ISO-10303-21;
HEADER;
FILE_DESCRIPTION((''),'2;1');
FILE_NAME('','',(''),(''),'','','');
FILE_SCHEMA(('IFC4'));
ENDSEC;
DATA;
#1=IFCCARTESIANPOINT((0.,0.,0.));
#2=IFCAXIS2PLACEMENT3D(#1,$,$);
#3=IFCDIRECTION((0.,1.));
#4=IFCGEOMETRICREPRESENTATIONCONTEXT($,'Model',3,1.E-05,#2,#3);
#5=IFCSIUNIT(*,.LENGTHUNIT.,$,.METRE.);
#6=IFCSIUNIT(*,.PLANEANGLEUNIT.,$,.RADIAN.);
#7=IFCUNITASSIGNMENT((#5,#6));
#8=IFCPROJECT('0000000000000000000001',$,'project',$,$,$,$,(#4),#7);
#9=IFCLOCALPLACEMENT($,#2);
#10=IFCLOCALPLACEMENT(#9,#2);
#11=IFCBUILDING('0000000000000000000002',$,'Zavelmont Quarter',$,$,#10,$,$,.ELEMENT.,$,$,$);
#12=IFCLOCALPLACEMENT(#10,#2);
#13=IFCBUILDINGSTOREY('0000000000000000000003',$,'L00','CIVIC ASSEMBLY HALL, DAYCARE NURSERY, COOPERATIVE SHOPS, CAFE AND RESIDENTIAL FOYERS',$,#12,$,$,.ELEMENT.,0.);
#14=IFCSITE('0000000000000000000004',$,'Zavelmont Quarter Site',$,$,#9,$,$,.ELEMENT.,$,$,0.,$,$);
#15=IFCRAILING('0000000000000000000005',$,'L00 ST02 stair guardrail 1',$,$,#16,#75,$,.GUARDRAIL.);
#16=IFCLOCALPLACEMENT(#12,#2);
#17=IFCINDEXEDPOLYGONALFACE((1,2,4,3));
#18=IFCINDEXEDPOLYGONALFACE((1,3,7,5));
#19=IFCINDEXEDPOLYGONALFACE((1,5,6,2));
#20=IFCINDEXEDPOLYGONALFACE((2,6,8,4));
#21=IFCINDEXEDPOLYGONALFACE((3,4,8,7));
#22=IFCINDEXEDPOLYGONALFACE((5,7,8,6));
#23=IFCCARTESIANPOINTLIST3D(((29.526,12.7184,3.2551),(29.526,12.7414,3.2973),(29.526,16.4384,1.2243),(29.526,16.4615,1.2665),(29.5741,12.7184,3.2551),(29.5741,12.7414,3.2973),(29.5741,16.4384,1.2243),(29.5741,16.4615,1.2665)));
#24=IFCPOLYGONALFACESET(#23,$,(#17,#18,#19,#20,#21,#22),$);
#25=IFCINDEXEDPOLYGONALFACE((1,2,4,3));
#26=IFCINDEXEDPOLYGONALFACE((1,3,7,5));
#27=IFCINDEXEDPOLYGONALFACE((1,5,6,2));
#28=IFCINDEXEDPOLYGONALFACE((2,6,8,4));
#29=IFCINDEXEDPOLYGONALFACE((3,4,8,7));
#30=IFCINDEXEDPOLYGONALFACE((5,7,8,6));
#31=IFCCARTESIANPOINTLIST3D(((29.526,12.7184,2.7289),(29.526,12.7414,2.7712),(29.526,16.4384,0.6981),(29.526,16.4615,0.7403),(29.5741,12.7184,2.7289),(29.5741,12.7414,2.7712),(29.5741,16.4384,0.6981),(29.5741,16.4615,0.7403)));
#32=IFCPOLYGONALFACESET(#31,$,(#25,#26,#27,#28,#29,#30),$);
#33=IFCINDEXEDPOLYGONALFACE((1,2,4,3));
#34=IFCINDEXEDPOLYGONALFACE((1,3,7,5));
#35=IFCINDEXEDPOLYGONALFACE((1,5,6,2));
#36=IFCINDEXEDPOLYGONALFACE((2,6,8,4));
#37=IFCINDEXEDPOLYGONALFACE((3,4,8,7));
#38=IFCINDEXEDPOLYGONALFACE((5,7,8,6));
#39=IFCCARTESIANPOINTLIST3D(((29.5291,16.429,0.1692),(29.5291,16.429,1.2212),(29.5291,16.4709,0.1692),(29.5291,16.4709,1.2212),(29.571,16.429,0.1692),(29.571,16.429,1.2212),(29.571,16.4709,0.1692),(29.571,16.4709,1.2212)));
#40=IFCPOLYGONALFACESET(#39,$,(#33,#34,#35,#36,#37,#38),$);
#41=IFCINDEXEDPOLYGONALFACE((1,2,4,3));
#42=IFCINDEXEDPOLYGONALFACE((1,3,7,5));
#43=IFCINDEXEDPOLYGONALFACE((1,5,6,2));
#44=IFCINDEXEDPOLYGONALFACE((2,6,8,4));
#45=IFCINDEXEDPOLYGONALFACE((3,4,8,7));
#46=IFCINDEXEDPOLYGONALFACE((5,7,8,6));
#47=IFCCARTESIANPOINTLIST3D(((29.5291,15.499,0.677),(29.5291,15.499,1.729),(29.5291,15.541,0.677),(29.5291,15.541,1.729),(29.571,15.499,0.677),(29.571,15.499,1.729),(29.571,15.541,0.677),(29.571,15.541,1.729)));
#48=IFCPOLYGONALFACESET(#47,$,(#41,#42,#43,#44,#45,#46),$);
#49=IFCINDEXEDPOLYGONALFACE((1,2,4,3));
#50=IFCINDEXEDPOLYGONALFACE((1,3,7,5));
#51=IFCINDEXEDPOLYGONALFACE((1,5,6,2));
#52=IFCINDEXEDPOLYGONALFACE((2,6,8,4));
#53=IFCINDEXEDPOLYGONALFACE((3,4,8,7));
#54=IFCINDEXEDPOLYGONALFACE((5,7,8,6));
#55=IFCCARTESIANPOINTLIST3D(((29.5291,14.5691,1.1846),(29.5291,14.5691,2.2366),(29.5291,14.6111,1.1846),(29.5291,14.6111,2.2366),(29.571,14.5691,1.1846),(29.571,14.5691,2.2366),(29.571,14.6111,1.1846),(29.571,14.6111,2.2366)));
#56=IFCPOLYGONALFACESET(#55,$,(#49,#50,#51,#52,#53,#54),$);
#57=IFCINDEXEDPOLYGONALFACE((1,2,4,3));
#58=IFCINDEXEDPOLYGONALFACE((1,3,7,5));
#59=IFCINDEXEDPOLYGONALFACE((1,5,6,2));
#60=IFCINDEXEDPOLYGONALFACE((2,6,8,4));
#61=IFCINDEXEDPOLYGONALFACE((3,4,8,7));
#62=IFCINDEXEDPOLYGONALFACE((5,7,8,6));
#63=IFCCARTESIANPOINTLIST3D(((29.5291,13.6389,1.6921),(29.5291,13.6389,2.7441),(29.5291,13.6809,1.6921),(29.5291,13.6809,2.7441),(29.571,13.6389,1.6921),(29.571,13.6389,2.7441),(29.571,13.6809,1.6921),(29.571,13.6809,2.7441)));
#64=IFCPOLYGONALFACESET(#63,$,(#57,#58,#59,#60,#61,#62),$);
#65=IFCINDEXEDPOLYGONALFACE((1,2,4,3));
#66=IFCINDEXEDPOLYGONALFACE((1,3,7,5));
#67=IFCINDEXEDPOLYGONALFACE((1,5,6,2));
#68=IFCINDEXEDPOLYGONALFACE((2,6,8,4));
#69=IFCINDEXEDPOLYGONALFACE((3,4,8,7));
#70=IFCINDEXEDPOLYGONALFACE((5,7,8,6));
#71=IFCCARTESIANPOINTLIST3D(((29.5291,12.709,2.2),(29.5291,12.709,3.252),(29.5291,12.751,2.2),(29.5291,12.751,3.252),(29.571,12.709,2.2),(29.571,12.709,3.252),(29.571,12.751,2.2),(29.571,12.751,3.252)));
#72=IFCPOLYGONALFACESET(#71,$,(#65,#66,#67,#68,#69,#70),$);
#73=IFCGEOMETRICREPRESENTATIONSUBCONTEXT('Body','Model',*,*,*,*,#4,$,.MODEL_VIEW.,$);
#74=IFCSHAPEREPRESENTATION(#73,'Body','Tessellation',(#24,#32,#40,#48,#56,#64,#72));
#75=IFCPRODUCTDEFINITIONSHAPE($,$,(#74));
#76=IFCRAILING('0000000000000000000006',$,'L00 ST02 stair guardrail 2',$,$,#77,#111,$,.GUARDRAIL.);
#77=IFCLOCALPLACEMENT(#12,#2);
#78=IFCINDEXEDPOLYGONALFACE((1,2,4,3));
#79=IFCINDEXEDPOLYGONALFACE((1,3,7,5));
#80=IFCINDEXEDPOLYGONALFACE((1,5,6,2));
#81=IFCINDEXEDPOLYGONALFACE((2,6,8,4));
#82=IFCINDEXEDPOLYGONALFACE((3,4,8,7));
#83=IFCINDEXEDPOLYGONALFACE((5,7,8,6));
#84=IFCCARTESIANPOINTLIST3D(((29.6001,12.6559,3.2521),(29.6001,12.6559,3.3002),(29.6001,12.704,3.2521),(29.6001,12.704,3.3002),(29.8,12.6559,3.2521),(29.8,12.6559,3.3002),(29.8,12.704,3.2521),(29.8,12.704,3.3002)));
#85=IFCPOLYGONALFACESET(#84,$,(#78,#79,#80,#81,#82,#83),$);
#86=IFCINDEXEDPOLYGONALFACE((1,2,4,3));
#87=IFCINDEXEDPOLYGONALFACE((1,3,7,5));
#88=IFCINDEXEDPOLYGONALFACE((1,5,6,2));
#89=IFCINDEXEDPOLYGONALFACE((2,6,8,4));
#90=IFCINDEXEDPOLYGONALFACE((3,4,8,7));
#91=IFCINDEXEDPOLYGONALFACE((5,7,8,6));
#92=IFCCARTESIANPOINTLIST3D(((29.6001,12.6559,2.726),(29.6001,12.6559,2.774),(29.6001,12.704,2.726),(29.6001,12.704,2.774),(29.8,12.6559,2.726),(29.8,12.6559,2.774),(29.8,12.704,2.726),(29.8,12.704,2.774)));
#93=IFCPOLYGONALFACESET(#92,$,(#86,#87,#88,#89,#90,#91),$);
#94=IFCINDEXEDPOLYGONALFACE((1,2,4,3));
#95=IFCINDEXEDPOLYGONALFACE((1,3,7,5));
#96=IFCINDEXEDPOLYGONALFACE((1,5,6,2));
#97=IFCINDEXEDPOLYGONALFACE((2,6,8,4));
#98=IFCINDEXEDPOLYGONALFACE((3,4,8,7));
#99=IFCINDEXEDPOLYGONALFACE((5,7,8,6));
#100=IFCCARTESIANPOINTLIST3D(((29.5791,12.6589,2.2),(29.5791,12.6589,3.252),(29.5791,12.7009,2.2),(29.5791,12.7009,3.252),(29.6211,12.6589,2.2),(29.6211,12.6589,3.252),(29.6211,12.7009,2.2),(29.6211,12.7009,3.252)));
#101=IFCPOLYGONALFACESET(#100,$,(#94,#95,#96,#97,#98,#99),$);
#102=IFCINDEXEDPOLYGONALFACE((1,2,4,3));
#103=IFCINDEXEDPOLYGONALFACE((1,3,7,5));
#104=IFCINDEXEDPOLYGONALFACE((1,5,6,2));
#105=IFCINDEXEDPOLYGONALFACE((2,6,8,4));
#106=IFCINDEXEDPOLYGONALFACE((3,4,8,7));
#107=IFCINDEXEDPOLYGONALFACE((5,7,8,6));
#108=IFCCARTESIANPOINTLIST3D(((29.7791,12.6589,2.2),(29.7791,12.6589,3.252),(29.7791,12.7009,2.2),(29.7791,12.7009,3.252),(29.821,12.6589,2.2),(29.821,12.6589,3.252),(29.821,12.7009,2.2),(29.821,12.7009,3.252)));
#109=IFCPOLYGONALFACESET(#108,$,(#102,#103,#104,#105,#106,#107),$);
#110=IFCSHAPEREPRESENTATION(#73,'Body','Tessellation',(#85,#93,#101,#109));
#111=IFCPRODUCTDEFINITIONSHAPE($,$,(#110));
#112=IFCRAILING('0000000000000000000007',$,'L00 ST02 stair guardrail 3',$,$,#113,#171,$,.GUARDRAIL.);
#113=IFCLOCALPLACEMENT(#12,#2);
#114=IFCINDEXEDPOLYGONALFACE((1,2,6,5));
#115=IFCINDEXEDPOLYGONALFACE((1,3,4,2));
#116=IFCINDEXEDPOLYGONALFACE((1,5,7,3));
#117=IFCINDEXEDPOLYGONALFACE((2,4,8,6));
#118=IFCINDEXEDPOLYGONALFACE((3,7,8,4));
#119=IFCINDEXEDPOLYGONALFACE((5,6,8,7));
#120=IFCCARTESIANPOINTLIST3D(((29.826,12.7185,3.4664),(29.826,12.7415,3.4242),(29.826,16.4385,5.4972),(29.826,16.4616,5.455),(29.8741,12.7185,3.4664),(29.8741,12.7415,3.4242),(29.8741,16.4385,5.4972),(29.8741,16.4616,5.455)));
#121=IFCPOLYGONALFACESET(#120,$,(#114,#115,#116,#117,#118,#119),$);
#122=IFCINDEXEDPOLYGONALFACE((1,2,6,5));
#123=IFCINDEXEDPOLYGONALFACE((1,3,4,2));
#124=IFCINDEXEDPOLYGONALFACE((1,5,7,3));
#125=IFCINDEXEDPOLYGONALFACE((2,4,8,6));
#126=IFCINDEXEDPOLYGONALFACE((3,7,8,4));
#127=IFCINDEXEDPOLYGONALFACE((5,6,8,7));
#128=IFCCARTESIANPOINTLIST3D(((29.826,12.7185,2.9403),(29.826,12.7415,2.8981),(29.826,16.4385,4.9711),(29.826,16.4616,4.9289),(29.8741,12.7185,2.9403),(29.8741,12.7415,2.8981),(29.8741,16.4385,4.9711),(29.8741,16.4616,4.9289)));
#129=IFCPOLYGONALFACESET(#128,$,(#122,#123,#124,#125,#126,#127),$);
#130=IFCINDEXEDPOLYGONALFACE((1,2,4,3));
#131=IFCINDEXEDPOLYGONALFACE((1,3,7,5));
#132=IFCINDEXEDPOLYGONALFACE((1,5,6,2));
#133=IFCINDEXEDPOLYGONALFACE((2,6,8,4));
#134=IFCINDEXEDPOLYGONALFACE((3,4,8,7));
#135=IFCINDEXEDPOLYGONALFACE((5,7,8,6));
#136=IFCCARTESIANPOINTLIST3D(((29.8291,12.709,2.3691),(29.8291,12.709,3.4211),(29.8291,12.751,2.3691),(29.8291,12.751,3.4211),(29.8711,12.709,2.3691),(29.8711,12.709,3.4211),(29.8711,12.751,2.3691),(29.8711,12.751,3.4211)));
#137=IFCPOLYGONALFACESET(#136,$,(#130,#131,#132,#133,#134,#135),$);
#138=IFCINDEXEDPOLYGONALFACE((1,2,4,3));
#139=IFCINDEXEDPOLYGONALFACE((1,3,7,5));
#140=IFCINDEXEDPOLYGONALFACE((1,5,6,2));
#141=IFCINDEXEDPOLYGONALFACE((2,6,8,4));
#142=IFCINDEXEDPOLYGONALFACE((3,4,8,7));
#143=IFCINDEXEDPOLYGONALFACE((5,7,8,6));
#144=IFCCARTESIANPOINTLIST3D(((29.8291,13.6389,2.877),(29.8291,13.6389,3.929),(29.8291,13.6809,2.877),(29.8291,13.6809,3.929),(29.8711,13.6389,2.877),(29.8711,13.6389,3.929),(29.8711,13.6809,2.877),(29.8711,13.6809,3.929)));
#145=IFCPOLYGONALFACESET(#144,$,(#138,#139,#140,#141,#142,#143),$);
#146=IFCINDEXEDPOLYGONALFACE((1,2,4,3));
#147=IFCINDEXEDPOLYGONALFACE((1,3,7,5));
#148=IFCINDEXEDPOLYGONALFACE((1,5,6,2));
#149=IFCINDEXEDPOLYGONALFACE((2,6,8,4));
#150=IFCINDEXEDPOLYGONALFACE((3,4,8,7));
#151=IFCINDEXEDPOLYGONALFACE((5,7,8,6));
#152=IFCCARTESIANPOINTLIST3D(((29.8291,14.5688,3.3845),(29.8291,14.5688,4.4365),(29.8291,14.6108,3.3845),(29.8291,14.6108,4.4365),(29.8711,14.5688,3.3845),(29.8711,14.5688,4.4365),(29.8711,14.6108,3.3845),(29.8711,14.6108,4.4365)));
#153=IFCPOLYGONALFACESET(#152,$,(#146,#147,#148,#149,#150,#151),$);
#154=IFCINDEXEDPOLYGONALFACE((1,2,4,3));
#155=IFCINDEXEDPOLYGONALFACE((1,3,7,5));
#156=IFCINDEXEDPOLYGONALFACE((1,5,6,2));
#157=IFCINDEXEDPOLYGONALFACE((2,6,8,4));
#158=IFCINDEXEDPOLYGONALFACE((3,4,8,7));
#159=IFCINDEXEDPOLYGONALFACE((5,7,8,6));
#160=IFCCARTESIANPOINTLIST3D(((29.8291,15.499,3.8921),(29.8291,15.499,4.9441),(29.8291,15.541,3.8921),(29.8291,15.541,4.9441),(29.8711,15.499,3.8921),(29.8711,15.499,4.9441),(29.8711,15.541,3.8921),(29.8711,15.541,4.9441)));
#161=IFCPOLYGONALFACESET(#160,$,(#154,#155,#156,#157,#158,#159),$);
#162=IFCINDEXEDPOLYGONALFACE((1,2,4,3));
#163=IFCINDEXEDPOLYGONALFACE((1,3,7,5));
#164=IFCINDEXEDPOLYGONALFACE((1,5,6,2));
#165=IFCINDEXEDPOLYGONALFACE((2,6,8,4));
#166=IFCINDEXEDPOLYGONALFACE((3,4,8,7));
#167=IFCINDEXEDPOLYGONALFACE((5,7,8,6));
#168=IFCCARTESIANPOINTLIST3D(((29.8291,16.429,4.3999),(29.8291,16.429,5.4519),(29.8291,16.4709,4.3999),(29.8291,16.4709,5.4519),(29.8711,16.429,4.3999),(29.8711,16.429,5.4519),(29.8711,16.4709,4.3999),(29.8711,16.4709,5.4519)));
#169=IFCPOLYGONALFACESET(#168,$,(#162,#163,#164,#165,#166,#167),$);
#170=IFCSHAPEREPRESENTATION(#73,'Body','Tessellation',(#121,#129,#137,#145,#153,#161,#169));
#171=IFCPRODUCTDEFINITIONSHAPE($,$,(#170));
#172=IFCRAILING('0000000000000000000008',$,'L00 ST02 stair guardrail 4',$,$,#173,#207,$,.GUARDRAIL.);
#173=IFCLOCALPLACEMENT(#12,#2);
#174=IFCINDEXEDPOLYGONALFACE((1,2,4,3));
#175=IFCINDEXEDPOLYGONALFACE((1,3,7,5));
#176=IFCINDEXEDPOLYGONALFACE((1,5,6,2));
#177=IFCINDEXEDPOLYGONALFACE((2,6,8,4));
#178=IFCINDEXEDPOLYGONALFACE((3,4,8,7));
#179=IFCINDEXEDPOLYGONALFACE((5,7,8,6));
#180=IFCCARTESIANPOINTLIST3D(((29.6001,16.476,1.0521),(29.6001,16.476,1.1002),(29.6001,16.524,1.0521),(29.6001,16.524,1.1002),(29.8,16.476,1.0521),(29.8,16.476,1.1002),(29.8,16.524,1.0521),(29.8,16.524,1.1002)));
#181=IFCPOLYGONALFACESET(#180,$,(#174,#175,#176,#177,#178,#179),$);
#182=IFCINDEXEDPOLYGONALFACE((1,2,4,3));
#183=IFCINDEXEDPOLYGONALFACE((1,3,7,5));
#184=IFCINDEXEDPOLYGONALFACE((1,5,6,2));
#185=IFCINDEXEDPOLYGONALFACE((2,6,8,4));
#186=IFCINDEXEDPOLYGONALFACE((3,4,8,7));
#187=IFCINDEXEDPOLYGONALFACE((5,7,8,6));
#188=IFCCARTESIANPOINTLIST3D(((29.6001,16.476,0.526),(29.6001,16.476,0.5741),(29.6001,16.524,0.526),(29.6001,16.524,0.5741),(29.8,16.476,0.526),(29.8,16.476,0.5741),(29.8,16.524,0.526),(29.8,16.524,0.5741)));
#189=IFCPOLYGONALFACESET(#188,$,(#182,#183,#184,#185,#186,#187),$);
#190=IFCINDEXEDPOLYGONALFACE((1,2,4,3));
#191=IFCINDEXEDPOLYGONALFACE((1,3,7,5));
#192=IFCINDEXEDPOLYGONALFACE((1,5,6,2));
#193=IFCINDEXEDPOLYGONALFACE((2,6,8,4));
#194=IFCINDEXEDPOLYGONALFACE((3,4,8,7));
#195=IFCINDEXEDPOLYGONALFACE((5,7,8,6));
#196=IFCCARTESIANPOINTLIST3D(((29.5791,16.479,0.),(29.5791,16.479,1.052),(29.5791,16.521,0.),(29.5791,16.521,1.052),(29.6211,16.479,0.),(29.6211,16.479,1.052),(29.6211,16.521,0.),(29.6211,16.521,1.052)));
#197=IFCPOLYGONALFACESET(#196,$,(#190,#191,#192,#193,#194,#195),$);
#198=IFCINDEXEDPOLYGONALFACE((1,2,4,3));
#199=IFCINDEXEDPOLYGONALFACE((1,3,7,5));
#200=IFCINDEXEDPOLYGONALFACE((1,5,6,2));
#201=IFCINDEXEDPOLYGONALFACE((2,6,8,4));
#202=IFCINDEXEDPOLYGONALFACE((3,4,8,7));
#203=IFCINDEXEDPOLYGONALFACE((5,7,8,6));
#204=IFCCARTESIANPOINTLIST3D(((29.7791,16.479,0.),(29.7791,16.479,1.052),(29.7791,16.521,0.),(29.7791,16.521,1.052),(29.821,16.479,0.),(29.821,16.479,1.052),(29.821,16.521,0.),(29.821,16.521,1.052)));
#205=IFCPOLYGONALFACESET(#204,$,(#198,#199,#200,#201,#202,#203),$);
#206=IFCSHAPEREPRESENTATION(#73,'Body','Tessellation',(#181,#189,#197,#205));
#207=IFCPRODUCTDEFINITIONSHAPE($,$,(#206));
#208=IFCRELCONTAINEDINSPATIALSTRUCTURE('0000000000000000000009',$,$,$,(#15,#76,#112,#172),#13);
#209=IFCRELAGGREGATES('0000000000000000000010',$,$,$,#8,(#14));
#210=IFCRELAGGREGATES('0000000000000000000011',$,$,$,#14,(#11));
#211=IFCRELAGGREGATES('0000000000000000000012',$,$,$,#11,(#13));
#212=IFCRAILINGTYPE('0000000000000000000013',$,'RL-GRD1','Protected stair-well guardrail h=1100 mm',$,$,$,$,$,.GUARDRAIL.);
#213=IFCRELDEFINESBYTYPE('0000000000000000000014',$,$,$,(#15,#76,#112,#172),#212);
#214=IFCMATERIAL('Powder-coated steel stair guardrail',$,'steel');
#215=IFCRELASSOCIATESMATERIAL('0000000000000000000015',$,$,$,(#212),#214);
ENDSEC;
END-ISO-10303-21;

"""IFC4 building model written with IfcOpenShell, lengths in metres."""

from ifc_helpers import new_model, si_unit, direction, frame, origin, origin_2d, place, context, subcontext, project, spatial, rectangle, extrude, material, type_object, element, save


model = new_model("IFC4")

# Units and contexts
model_context = context("Model", 3, precision=1e-05, world=origin(), true_north=direction((0.0, 1.0)))
body_context = subcontext(model_context, "Body", "Model", "MODEL_VIEW")
ifc_project = project(units=[si_unit("LENGTHUNIT", "METRE"), si_unit("PLANEANGLEUNIT", "RADIAN")], contexts=[model_context])

# Site, building, storey
site_placement = place(None, origin())
site = spatial("IfcSite", under=ifc_project, at=site_placement, Name="Zavelmont Quarter Site", CompositionType="ELEMENT", RefElevation=0.0)
building_placement = place(site_placement, origin())
building = spatial("IfcBuilding", under=site, at=building_placement, Name="Zavelmont Quarter", CompositionType="ELEMENT")
storey_placement = place(building_placement, origin())
storey = spatial("IfcBuildingStorey", under=building, at=storey_placement, Name="L00", Description="CIVIC ASSEMBLY HALL, DAYCARE NURSERY, COOPERATIVE SHOPS, CAFE AND RESIDENTIAL FOYERS", CompositionType="ELEMENT", Elevation=0.0)

# Railings
ifc_material_1 = material(Name="Powder-coated steel stair guardrail", Category="steel")
railing_type_1 = type_object("IfcRailingType", Name="RL-GRD1", Description="Protected stair-well guardrail h=1100 mm", PredefinedType="GUARDRAIL", material=ifc_material_1)
railing_1_placement = place(storey_placement, frame((29.55, 16.45, 0.1692)))
element("IfcRailing", 1, at=railing_1_placement, inside=storey, type_object=railing_type_1, Name="L00 ST02 stair guardrail 1", PredefinedType="GUARDRAIL", context=body_context, shape_type="SweptSolid", body=[
    extrude(rectangle(XDim=0.0481, YDim=0.0481, at=origin_2d()), frame((0.0, 0.0, 1.0762), z_axis=(0.0, -0.877728, 0.479159), x_axis=(1.0, 0.0, 0.0)), (0.0, 0.0, 1.0), 4.2383),
    extrude(rectangle(XDim=0.0481, YDim=0.0481, at=origin_2d()), frame((0.0, 0.0, 0.55), z_axis=(0.0, -0.877728, 0.479159), x_axis=(1.0, 0.0, 0.0)), (0.0, 0.0, 1.0), 4.2383),
    extrude(rectangle(XDim=0.042, YDim=0.042, at=origin_2d()), origin(), (0.0, 0.0, 1.0), 1.052),
    extrude(rectangle(XDim=0.042, YDim=0.042, at=origin_2d()), frame((0.0, -0.9299, 0.5078)), (0.0, 0.0, 1.0), 1.052),
    extrude(rectangle(XDim=0.042, YDim=0.042, at=origin_2d()), frame((0.0, -1.8599, 1.0154)), (0.0, 0.0, 1.0), 1.052),
    extrude(rectangle(XDim=0.042, YDim=0.042, at=origin_2d()), frame((0.0, -2.79, 1.5229)), (0.0, 0.0, 1.0), 1.052),
    extrude(rectangle(XDim=0.042, YDim=0.042, at=origin_2d()), frame((0.0, -3.72, 2.0308)), (0.0, 0.0, 1.0), 1.052),
])
railing_2_placement = place(storey_placement, frame((29.6001, 12.6799, 2.2)))
element("IfcRailing", 2, at=railing_2_placement, inside=storey, type_object=railing_type_1, Name="L00 ST02 stair guardrail 2", PredefinedType="GUARDRAIL", context=body_context, shape_type="SweptSolid", body=[
    extrude(rectangle(XDim=0.0481, YDim=0.0481, at=origin_2d()), frame((0.0, 0.0, 1.0762), z_axis=(1.0, 0.0, 0.0), x_axis=(0.0, 1.0, 0.0)), (0.0, 0.0, 1.0), 0.2),
    extrude(rectangle(XDim=0.0481, YDim=0.0481, at=origin_2d()), frame((0.0, 0.0, 0.55), z_axis=(1.0, 0.0, 0.0), x_axis=(0.0, 1.0, 0.0)), (0.0, 0.0, 1.0), 0.2),
    extrude(rectangle(XDim=0.042, YDim=0.042, at=origin_2d()), origin(), (0.0, 0.0, 1.0), 1.052),
    extrude(rectangle(XDim=0.042, YDim=0.042, at=origin_2d()), frame((0.2, 0.0, 0.0)), (0.0, 0.0, 1.0), 1.052),
])
railing_3_placement = place(storey_placement, frame((29.8501, 12.73, 2.3691)))
element("IfcRailing", 3, at=railing_3_placement, inside=storey, type_object=railing_type_1, Name="L00 ST02 stair guardrail 3", PredefinedType="GUARDRAIL", context=body_context, shape_type="SweptSolid", body=[
    extrude(rectangle(XDim=0.0481, YDim=0.0481, at=origin_2d()), frame((0.0, 0.0, 1.0762), z_axis=(0.0, 0.877728, 0.479159), x_axis=(-1.0, 0.0, 0.0)), (0.0, 0.0, 1.0), 4.2383),
    extrude(rectangle(XDim=0.0481, YDim=0.0481, at=origin_2d()), frame((0.0, 0.0, 0.55), z_axis=(0.0, 0.877728, 0.479159), x_axis=(-1.0, 0.0, 0.0)), (0.0, 0.0, 1.0), 4.2383),
    extrude(rectangle(XDim=0.042, YDim=0.042, at=origin_2d()), origin(), (0.0, 0.0, 1.0), 1.052),
    extrude(rectangle(XDim=0.042, YDim=0.042, at=origin_2d()), frame((0.0, 0.9299, 0.5078)), (0.0, 0.0, 1.0), 1.052),
    extrude(rectangle(XDim=0.042, YDim=0.042, at=origin_2d()), frame((0.0, 1.8599, 1.0154)), (0.0, 0.0, 1.0), 1.052),
    extrude(rectangle(XDim=0.042, YDim=0.042, at=origin_2d()), frame((0.0, 2.79, 1.5229)), (0.0, 0.0, 1.0), 1.052),
    extrude(rectangle(XDim=0.042, YDim=0.042, at=origin_2d()), frame((0.0, 3.72, 2.0308)), (0.0, 0.0, 1.0), 1.052),
])
railing_4_placement = place(storey_placement, frame((29.6001, 16.5, 0.0)))
element("IfcRailing", 4, at=railing_4_placement, inside=storey, type_object=railing_type_1, Name="L00 ST02 stair guardrail 4", PredefinedType="GUARDRAIL", context=body_context, shape_type="SweptSolid", body=[
    extrude(rectangle(XDim=0.0481, YDim=0.0481, at=origin_2d()), frame((0.0, 0.0, 1.0762), z_axis=(1.0, 0.0, 0.0), x_axis=(0.0, 1.0, 0.0)), (0.0, 0.0, 1.0), 0.2),
    extrude(rectangle(XDim=0.0481, YDim=0.0481, at=origin_2d()), frame((0.0, 0.0, 0.55), z_axis=(1.0, 0.0, 0.0), x_axis=(0.0, 1.0, 0.0)), (0.0, 0.0, 1.0), 0.2),
    extrude(rectangle(XDim=0.042, YDim=0.042, at=origin_2d()), origin(), (0.0, 0.0, 1.0), 1.052),
    extrude(rectangle(XDim=0.042, YDim=0.042, at=origin_2d()), frame((0.2, 0.0, 0.0)), (0.0, 0.0, 1.0), 1.052),
])

save(model, "model.ifc")
